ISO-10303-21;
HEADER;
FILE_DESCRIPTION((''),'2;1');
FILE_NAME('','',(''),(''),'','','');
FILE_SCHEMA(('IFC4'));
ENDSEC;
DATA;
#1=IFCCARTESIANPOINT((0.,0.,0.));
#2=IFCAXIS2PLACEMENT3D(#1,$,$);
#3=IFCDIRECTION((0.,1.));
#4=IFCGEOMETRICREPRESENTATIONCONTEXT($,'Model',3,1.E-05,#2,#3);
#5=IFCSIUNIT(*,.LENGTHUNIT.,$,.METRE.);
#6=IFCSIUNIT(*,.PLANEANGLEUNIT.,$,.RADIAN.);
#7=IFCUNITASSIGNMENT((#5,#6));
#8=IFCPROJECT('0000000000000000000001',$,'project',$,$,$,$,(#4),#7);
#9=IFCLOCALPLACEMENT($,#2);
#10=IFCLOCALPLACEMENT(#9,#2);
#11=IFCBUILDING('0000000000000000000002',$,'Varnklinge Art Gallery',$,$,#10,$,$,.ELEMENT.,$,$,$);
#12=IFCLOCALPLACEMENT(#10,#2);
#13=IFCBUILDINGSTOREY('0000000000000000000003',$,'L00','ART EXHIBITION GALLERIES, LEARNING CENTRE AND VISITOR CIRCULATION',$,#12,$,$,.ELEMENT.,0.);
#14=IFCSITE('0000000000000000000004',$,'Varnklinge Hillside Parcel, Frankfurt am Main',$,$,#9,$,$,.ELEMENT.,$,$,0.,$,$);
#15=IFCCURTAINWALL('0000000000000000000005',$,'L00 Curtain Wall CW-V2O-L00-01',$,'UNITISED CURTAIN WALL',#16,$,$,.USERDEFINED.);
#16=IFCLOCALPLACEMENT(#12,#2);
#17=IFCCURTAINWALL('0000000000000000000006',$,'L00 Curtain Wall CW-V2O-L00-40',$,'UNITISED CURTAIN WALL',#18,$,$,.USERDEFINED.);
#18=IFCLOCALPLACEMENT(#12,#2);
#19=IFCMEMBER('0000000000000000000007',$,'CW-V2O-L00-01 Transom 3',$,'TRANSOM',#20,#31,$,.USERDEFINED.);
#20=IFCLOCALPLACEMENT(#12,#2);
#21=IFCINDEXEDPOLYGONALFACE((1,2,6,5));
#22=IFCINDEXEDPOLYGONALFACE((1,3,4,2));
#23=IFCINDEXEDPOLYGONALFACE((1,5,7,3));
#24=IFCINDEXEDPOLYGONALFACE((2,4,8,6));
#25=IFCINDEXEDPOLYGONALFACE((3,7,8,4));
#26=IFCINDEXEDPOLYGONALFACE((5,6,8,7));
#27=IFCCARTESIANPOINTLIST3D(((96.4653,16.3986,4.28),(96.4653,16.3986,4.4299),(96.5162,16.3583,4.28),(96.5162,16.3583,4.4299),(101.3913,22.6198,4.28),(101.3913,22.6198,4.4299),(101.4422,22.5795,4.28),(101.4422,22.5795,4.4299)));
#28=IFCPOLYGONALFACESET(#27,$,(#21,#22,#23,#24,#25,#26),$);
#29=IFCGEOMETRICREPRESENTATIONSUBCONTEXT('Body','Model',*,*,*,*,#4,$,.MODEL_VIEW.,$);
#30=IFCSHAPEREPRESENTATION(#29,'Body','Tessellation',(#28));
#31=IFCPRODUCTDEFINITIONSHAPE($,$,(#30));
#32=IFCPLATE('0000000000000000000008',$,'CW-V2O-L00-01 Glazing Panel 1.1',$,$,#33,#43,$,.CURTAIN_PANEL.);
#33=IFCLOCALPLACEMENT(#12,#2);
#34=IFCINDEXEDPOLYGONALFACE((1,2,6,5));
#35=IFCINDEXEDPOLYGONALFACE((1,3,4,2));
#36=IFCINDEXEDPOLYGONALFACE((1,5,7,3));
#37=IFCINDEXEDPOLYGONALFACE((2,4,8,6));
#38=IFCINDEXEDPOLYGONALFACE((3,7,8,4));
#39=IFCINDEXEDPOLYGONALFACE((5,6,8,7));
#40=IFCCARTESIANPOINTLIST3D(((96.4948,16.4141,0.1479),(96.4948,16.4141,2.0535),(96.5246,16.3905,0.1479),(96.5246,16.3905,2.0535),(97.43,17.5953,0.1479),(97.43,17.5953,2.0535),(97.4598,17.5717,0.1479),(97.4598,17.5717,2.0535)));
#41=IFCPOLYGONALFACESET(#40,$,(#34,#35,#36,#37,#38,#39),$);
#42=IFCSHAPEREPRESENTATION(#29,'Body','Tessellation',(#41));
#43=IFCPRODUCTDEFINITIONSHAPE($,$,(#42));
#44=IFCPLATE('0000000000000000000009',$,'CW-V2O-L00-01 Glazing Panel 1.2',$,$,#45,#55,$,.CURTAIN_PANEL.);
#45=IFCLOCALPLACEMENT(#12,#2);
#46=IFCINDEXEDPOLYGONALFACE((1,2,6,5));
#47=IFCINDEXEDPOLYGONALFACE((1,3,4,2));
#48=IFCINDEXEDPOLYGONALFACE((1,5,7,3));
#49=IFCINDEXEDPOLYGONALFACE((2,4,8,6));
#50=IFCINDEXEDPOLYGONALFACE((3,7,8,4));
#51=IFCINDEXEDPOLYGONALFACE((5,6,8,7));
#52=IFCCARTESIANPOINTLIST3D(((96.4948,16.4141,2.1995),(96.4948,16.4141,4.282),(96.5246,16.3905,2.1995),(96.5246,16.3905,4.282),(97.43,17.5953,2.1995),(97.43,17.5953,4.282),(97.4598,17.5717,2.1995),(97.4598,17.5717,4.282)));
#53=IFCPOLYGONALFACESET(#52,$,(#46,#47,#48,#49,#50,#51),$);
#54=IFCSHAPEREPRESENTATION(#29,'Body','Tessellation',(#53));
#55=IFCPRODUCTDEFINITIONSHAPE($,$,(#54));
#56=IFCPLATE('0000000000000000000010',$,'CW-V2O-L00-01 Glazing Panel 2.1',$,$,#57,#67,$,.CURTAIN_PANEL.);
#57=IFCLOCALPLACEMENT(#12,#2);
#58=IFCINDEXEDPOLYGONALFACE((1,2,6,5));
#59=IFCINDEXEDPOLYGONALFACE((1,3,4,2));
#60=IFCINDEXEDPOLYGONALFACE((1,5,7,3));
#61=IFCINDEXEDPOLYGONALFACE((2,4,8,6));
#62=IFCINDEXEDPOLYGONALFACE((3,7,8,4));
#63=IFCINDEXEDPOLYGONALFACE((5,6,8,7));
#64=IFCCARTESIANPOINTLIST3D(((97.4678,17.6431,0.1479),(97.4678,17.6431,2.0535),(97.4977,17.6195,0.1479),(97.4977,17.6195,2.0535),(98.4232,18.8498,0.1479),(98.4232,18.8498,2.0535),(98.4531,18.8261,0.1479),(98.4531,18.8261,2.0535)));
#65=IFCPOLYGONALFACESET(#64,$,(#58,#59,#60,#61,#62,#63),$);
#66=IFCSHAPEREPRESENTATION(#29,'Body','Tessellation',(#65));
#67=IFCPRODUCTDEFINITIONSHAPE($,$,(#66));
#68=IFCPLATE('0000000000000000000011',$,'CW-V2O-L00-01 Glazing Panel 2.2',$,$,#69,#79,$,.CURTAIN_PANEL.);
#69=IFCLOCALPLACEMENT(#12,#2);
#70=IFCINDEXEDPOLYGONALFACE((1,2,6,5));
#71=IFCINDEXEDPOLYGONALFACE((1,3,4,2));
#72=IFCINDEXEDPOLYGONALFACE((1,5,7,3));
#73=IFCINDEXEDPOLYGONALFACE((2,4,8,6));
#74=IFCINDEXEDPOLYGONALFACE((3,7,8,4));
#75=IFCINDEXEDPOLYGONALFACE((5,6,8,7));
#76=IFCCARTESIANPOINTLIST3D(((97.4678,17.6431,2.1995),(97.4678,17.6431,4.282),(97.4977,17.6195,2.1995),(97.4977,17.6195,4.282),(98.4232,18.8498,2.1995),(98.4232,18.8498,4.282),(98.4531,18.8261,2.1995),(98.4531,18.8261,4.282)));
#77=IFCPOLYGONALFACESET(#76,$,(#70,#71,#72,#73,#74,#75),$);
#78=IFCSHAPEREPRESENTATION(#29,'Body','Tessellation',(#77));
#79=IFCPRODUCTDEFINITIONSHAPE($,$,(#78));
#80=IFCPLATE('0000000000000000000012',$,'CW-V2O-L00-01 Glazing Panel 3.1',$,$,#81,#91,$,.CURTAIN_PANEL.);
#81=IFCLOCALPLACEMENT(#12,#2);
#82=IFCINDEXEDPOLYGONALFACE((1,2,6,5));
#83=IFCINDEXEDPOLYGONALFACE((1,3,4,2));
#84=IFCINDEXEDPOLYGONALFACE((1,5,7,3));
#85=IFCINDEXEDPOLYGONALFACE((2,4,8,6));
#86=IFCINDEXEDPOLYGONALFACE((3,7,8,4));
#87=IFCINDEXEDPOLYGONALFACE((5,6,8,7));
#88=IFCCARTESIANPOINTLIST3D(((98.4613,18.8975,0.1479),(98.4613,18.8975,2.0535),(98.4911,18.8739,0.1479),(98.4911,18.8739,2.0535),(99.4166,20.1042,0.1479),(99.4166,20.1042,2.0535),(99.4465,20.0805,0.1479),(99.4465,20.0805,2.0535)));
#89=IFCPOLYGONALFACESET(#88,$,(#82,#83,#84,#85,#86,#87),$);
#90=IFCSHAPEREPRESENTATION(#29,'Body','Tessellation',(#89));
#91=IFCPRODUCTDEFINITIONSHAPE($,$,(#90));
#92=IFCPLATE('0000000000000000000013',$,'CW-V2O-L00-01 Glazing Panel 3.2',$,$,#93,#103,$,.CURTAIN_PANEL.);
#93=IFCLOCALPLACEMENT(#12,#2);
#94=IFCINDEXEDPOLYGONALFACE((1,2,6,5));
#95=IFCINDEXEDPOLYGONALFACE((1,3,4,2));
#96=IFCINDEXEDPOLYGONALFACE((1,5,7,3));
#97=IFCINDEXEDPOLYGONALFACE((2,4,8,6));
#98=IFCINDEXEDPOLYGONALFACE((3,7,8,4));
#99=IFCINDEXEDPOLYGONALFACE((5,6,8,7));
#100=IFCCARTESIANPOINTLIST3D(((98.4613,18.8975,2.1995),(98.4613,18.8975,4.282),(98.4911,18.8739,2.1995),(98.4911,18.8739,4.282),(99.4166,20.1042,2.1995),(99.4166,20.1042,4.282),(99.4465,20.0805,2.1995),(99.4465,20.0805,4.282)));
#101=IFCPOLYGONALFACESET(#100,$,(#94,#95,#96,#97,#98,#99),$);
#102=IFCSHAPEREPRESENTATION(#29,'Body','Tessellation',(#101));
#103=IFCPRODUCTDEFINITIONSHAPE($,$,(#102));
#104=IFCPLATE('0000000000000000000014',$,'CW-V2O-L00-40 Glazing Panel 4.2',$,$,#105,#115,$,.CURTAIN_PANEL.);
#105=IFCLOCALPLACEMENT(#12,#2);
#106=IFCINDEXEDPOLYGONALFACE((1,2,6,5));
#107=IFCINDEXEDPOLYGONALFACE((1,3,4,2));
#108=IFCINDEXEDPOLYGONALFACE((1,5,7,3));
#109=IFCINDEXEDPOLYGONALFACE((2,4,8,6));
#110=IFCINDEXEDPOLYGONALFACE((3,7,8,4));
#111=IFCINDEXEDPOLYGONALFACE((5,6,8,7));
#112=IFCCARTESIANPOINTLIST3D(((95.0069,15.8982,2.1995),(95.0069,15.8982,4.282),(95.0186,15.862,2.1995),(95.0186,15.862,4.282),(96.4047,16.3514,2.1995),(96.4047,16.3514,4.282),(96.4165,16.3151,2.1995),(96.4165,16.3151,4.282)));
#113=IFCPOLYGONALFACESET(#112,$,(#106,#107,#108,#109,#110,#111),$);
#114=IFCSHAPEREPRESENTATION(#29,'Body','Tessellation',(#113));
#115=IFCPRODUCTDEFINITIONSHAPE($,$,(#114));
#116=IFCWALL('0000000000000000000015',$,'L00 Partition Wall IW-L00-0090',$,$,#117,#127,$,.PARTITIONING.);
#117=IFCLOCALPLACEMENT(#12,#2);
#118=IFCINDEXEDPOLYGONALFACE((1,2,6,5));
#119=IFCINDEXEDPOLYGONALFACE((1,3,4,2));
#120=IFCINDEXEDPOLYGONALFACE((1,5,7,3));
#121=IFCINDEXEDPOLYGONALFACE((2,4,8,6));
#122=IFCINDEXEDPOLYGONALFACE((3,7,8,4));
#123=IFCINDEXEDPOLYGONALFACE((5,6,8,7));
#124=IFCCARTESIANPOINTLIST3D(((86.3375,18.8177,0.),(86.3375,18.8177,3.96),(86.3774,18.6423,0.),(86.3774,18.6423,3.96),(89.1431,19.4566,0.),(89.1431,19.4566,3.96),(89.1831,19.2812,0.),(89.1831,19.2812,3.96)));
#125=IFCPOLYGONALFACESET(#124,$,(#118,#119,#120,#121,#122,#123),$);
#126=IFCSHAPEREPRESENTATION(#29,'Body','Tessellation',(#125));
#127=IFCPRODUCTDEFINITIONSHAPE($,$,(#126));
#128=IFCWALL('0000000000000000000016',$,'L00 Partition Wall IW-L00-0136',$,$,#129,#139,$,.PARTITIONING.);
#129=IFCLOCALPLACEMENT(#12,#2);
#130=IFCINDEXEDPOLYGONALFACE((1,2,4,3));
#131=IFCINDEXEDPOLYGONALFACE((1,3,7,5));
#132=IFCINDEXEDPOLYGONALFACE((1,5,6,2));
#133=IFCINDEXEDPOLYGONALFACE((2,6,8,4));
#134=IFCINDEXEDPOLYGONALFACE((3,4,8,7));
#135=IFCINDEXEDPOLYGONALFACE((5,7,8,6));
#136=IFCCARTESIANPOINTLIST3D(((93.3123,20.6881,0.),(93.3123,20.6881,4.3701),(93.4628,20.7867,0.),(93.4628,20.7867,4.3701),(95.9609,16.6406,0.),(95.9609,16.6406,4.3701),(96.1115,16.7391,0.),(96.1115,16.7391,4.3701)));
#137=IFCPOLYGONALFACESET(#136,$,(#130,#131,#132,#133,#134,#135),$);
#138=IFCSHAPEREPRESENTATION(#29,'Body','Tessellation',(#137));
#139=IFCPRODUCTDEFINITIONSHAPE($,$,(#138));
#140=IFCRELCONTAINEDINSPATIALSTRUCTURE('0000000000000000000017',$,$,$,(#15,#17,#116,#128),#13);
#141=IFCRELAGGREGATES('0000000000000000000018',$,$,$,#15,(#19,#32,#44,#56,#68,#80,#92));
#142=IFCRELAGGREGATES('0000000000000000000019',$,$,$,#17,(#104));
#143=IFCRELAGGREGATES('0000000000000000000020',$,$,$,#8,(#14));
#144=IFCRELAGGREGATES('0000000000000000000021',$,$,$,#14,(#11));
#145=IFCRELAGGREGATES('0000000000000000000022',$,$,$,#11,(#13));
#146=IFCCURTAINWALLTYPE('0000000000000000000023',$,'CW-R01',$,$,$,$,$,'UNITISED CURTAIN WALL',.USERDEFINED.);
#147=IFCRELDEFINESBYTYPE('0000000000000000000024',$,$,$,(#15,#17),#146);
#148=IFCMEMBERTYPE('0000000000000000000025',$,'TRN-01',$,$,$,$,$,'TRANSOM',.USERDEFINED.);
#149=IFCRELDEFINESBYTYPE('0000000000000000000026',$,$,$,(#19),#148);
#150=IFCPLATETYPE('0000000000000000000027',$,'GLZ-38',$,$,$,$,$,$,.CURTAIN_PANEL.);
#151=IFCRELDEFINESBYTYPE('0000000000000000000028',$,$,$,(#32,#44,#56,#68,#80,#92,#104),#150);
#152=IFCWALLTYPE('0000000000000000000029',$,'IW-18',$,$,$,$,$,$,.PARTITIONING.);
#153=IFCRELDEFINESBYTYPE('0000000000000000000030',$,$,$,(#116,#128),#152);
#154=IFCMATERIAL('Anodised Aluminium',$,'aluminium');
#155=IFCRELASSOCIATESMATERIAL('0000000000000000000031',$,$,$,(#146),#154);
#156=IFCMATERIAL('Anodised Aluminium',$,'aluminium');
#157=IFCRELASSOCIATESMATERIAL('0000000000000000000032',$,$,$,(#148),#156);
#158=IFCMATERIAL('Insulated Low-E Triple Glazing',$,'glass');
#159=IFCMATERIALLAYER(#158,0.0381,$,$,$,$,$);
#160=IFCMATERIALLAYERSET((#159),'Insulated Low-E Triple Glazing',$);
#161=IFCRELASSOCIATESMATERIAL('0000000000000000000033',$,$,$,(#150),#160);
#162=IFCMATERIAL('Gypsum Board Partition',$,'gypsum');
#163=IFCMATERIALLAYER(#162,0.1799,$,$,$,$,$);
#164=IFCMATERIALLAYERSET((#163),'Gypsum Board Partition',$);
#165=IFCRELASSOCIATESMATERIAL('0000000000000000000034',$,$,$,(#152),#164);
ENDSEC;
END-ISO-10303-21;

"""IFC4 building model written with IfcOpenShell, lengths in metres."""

from ifc_helpers import new_model, si_unit, direction, frame, frame_2d, origin, origin_2d, place, context, subcontext, project, spatial, rectangle, extrude, material, layer, layer_set, material_profile, profile_set, type_object, element, aggregate, save


model = new_model("IFC4")

# Units and contexts
model_context = context("Model", 3, precision=1e-05, world=origin(), true_north=direction((0.0, 1.0)))
body_context = subcontext(model_context, "Body", "Model", "MODEL_VIEW")
ifc_project = project(units=[si_unit("LENGTHUNIT", "METRE"), si_unit("PLANEANGLEUNIT", "RADIAN")], contexts=[model_context])

# Site, building, storey
site_placement = place(None, origin())
site = spatial("IfcSite", under=ifc_project, at=site_placement, Name="Varnklinge Hillside Parcel, Frankfurt am Main", CompositionType="ELEMENT", RefElevation=0.0)
building_placement = place(site_placement, origin())
building = spatial("IfcBuilding", under=site, at=building_placement, Name="Varnklinge Art Gallery", CompositionType="ELEMENT")
storey_placement = place(building_placement, origin())
storey = spatial("IfcBuildingStorey", under=building, at=storey_placement, Name="L00", Description="ART EXHIBITION GALLERIES, LEARNING CENTRE AND VISITOR CIRCULATION", CompositionType="ELEMENT", Elevation=0.0)

# Curtain wall
ifc_material_1 = material(Name="Anodised Aluminium", Category="aluminium")
curtain_wall_type = type_object("IfcCurtainWallType", Name="CW-R01", ElementType="UNITISED CURTAIN WALL", PredefinedType="USERDEFINED", material=ifc_material_1)
curtain_wall_1_placement = place(storey_placement, origin())
curtain_wall_1 = element("IfcCurtainWall", 1, at=curtain_wall_1_placement, inside=storey, type_object=curtain_wall_type, Name="L00 Curtain Wall CW-V2O-L00-01", ObjectType="UNITISED CURTAIN WALL", PredefinedType="USERDEFINED")

# Curtain wall
curtain_wall_2_placement = place(storey_placement, origin())
curtain_wall_2 = element("IfcCurtainWall", 2, at=curtain_wall_2_placement, inside=storey, type_object=curtain_wall_type, Name="L00 Curtain Wall CW-V2O-L00-40", ObjectType="UNITISED CURTAIN WALL", PredefinedType="USERDEFINED")

# Member
ifc_material_2 = material(Name="Anodised Aluminium", Category="aluminium")
ifc_material_profile_1 = material_profile(ifc_material_2, rectangle(XDim=0.0649, YDim=0.1499, at=origin_2d()), Name="ALU 65x150")
ifc_profile_set_1 = profile_set([ifc_material_profile_1], Name="Anodised Aluminium")
member_type_1 = type_object("IfcMemberType", Name="TRN-01", ElementType="TRANSOM", PredefinedType="USERDEFINED", material=ifc_profile_set_1)
member_1_placement = place(storey_placement, frame((96.4907, 16.3784, 4.355), z_axis=(0.620774, 0.78399, 0.0), x_axis=(-0.78399, 0.620774, 0.0)))
member_1 = element("IfcMember", 3, at=member_1_placement, type_object=member_type_1, Name="CW-V2O-L00-01 Transom 3", ObjectType="TRANSOM", PredefinedType="USERDEFINED", context=body_context, shape_type="SweptSolid", body=[
    extrude(rectangle(XDim=0.0649, YDim=0.1499, at=origin_2d()), origin(), (0.0, 0.0, 1.0), 7.9353),
])

# Plates
ifc_material_3 = material(Name="Insulated Low-E Triple Glazing", Category="glass")
ifc_layer_1 = layer(ifc_material_3, 0.0381)
ifc_layer_set_1 = layer_set([ifc_layer_1], Name="Insulated Low-E Triple Glazing")
plate_type = type_object("IfcPlateType", Name="GLZ-38", PredefinedType="CURTAIN_PANEL", material=ifc_layer_set_1)
plate_1_placement = place(storey_placement, frame((96.9773, 16.9929, 0.1479), z_axis=(0.0, 0.0, 1.0), x_axis=(0.620737, 0.784019, 0.0)))
plate_1 = element("IfcPlate", 4, at=plate_1_placement, type_object=plate_type, Name="CW-V2O-L00-01 Glazing Panel 1.1", PredefinedType="CURTAIN_PANEL", context=body_context, shape_type="SweptSolid", body=[
    extrude(rectangle(XDim=1.5066, YDim=0.0381, at=origin_2d()), origin(), (0.0, 0.0, 1.0), 1.9055),
])
plate_2_placement = place(storey_placement, frame((96.9773, 16.9929, 2.1995), z_axis=(0.0, 0.0, 1.0), x_axis=(0.620737, 0.784019, 0.0)))
plate_2 = element("IfcPlate", 5, at=plate_2_placement, type_object=plate_type, Name="CW-V2O-L00-01 Glazing Panel 1.2", PredefinedType="CURTAIN_PANEL", context=body_context, shape_type="SweptSolid", body=[
    extrude(rectangle(XDim=1.5066, YDim=0.0381, at=origin_2d()), origin(), (0.0, 0.0, 1.0), 2.0825),
])
plate_3_placement = place(storey_placement, frame((97.9604, 18.2346, 0.1479), z_axis=(0.0, 0.0, 1.0), x_axis=(0.620737, 0.784019, 0.0)))
plate_3 = element("IfcPlate", 6, at=plate_3_placement, type_object=plate_type, Name="CW-V2O-L00-01 Glazing Panel 2.1", PredefinedType="CURTAIN_PANEL", context=body_context, shape_type="SweptSolid", body=[
    extrude(rectangle(XDim=1.5391, YDim=0.0381, at=origin_2d()), origin(), (0.0, 0.0, 1.0), 1.9055),
])
plate_4_placement = place(storey_placement, frame((97.9604, 18.2346, 2.1995), z_axis=(0.0, 0.0, 1.0), x_axis=(0.620737, 0.784019, 0.0)))
plate_4 = element("IfcPlate", 7, at=plate_4_placement, type_object=plate_type, Name="CW-V2O-L00-01 Glazing Panel 2.2", PredefinedType="CURTAIN_PANEL", context=body_context, shape_type="SweptSolid", body=[
    extrude(rectangle(XDim=1.5391, YDim=0.0381, at=origin_2d()), origin(), (0.0, 0.0, 1.0), 2.0825),
])
plate_5_placement = place(storey_placement, frame((98.9539, 19.489, 0.1479), z_axis=(0.0, 0.0, 1.0), x_axis=(0.620737, 0.784019, 0.0)))
plate_5 = element("IfcPlate", 8, at=plate_5_placement, type_object=plate_type, Name="CW-V2O-L00-01 Glazing Panel 3.1", PredefinedType="CURTAIN_PANEL", context=body_context, shape_type="SweptSolid", body=[
    extrude(rectangle(XDim=1.5391, YDim=0.0381, at=origin_2d()), origin(), (0.0, 0.0, 1.0), 1.9055),
])
plate_6_placement = place(storey_placement, frame((98.9539, 19.489, 2.1995), z_axis=(0.0, 0.0, 1.0), x_axis=(0.620737, 0.784019, 0.0)))
plate_6 = element("IfcPlate", 9, at=plate_6_placement, type_object=plate_type, Name="CW-V2O-L00-01 Glazing Panel 3.2", PredefinedType="CURTAIN_PANEL", context=body_context, shape_type="SweptSolid", body=[
    extrude(rectangle(XDim=1.5391, YDim=0.0381, at=origin_2d()), origin(), (0.0, 0.0, 1.0), 2.0825),
])
aggregate(curtain_wall_1, [member_1, plate_1, plate_2, plate_3, plate_4, plate_5, plate_6])
plate_7_placement = place(storey_placement, frame((95.7117, 16.1067, 2.1995), z_axis=(0.0, 0.0, 1.0), x_axis=(0.951272, 0.308353, 0.0)))
plate_7 = element("IfcPlate", 10, at=plate_7_placement, type_object=plate_type, Name="CW-V2O-L00-40 Glazing Panel 4.2", PredefinedType="CURTAIN_PANEL", context=body_context, shape_type="SweptSolid", body=[
    extrude(rectangle(XDim=1.4695, YDim=0.0381, at=origin_2d()), origin(), (0.0, 0.0, 1.0), 2.0825),
])
aggregate(curtain_wall_2, [plate_7])

# Walls
ifc_material_4 = material(Name="Gypsum Board Partition", Category="gypsum")
ifc_layer_2 = layer(ifc_material_4, 0.1799)
ifc_layer_set_2 = layer_set([ifc_layer_2], Name="Gypsum Board Partition")
wall_type = type_object("IfcWallType", Name="IW-18", PredefinedType="PARTITIONING", material=ifc_layer_set_2)
wall_1_placement = place(storey_placement, frame((89.1631, 19.3689, 0.0), z_axis=(0.0, 0.0, 1.0), x_axis=(-0.975038, -0.222039, 0.0)))
element("IfcWall", 11, at=wall_1_placement, inside=storey, type_object=wall_type, Name="L00 Partition Wall IW-L00-0090", PredefinedType="PARTITIONING", context=body_context, shape_type="SweptSolid", body=[
    extrude(rectangle(XDim=2.8774, YDim=0.1799, at=frame_2d((1.4387, 0.0))), origin(), (0.0, 0.0, 1.0), 3.96),
])
wall_2_placement = place(storey_placement, frame((96.0361, 16.6899, 0.0), z_axis=(0.0, 0.0, 1.0), x_axis=(-0.547563, 0.836764, 0.0)))
element("IfcWall", 12, at=wall_2_placement, inside=storey, type_object=wall_type, Name="L00 Partition Wall IW-L00-0136", PredefinedType="PARTITIONING", context=body_context, shape_type="SweptSolid", body=[
    extrude(rectangle(XDim=4.8372, YDim=0.1799, at=frame_2d((2.4185, 0.0))), origin(), (0.0, 0.0, 1.0), 4.3701),
])

save(model, "model.ifc")
